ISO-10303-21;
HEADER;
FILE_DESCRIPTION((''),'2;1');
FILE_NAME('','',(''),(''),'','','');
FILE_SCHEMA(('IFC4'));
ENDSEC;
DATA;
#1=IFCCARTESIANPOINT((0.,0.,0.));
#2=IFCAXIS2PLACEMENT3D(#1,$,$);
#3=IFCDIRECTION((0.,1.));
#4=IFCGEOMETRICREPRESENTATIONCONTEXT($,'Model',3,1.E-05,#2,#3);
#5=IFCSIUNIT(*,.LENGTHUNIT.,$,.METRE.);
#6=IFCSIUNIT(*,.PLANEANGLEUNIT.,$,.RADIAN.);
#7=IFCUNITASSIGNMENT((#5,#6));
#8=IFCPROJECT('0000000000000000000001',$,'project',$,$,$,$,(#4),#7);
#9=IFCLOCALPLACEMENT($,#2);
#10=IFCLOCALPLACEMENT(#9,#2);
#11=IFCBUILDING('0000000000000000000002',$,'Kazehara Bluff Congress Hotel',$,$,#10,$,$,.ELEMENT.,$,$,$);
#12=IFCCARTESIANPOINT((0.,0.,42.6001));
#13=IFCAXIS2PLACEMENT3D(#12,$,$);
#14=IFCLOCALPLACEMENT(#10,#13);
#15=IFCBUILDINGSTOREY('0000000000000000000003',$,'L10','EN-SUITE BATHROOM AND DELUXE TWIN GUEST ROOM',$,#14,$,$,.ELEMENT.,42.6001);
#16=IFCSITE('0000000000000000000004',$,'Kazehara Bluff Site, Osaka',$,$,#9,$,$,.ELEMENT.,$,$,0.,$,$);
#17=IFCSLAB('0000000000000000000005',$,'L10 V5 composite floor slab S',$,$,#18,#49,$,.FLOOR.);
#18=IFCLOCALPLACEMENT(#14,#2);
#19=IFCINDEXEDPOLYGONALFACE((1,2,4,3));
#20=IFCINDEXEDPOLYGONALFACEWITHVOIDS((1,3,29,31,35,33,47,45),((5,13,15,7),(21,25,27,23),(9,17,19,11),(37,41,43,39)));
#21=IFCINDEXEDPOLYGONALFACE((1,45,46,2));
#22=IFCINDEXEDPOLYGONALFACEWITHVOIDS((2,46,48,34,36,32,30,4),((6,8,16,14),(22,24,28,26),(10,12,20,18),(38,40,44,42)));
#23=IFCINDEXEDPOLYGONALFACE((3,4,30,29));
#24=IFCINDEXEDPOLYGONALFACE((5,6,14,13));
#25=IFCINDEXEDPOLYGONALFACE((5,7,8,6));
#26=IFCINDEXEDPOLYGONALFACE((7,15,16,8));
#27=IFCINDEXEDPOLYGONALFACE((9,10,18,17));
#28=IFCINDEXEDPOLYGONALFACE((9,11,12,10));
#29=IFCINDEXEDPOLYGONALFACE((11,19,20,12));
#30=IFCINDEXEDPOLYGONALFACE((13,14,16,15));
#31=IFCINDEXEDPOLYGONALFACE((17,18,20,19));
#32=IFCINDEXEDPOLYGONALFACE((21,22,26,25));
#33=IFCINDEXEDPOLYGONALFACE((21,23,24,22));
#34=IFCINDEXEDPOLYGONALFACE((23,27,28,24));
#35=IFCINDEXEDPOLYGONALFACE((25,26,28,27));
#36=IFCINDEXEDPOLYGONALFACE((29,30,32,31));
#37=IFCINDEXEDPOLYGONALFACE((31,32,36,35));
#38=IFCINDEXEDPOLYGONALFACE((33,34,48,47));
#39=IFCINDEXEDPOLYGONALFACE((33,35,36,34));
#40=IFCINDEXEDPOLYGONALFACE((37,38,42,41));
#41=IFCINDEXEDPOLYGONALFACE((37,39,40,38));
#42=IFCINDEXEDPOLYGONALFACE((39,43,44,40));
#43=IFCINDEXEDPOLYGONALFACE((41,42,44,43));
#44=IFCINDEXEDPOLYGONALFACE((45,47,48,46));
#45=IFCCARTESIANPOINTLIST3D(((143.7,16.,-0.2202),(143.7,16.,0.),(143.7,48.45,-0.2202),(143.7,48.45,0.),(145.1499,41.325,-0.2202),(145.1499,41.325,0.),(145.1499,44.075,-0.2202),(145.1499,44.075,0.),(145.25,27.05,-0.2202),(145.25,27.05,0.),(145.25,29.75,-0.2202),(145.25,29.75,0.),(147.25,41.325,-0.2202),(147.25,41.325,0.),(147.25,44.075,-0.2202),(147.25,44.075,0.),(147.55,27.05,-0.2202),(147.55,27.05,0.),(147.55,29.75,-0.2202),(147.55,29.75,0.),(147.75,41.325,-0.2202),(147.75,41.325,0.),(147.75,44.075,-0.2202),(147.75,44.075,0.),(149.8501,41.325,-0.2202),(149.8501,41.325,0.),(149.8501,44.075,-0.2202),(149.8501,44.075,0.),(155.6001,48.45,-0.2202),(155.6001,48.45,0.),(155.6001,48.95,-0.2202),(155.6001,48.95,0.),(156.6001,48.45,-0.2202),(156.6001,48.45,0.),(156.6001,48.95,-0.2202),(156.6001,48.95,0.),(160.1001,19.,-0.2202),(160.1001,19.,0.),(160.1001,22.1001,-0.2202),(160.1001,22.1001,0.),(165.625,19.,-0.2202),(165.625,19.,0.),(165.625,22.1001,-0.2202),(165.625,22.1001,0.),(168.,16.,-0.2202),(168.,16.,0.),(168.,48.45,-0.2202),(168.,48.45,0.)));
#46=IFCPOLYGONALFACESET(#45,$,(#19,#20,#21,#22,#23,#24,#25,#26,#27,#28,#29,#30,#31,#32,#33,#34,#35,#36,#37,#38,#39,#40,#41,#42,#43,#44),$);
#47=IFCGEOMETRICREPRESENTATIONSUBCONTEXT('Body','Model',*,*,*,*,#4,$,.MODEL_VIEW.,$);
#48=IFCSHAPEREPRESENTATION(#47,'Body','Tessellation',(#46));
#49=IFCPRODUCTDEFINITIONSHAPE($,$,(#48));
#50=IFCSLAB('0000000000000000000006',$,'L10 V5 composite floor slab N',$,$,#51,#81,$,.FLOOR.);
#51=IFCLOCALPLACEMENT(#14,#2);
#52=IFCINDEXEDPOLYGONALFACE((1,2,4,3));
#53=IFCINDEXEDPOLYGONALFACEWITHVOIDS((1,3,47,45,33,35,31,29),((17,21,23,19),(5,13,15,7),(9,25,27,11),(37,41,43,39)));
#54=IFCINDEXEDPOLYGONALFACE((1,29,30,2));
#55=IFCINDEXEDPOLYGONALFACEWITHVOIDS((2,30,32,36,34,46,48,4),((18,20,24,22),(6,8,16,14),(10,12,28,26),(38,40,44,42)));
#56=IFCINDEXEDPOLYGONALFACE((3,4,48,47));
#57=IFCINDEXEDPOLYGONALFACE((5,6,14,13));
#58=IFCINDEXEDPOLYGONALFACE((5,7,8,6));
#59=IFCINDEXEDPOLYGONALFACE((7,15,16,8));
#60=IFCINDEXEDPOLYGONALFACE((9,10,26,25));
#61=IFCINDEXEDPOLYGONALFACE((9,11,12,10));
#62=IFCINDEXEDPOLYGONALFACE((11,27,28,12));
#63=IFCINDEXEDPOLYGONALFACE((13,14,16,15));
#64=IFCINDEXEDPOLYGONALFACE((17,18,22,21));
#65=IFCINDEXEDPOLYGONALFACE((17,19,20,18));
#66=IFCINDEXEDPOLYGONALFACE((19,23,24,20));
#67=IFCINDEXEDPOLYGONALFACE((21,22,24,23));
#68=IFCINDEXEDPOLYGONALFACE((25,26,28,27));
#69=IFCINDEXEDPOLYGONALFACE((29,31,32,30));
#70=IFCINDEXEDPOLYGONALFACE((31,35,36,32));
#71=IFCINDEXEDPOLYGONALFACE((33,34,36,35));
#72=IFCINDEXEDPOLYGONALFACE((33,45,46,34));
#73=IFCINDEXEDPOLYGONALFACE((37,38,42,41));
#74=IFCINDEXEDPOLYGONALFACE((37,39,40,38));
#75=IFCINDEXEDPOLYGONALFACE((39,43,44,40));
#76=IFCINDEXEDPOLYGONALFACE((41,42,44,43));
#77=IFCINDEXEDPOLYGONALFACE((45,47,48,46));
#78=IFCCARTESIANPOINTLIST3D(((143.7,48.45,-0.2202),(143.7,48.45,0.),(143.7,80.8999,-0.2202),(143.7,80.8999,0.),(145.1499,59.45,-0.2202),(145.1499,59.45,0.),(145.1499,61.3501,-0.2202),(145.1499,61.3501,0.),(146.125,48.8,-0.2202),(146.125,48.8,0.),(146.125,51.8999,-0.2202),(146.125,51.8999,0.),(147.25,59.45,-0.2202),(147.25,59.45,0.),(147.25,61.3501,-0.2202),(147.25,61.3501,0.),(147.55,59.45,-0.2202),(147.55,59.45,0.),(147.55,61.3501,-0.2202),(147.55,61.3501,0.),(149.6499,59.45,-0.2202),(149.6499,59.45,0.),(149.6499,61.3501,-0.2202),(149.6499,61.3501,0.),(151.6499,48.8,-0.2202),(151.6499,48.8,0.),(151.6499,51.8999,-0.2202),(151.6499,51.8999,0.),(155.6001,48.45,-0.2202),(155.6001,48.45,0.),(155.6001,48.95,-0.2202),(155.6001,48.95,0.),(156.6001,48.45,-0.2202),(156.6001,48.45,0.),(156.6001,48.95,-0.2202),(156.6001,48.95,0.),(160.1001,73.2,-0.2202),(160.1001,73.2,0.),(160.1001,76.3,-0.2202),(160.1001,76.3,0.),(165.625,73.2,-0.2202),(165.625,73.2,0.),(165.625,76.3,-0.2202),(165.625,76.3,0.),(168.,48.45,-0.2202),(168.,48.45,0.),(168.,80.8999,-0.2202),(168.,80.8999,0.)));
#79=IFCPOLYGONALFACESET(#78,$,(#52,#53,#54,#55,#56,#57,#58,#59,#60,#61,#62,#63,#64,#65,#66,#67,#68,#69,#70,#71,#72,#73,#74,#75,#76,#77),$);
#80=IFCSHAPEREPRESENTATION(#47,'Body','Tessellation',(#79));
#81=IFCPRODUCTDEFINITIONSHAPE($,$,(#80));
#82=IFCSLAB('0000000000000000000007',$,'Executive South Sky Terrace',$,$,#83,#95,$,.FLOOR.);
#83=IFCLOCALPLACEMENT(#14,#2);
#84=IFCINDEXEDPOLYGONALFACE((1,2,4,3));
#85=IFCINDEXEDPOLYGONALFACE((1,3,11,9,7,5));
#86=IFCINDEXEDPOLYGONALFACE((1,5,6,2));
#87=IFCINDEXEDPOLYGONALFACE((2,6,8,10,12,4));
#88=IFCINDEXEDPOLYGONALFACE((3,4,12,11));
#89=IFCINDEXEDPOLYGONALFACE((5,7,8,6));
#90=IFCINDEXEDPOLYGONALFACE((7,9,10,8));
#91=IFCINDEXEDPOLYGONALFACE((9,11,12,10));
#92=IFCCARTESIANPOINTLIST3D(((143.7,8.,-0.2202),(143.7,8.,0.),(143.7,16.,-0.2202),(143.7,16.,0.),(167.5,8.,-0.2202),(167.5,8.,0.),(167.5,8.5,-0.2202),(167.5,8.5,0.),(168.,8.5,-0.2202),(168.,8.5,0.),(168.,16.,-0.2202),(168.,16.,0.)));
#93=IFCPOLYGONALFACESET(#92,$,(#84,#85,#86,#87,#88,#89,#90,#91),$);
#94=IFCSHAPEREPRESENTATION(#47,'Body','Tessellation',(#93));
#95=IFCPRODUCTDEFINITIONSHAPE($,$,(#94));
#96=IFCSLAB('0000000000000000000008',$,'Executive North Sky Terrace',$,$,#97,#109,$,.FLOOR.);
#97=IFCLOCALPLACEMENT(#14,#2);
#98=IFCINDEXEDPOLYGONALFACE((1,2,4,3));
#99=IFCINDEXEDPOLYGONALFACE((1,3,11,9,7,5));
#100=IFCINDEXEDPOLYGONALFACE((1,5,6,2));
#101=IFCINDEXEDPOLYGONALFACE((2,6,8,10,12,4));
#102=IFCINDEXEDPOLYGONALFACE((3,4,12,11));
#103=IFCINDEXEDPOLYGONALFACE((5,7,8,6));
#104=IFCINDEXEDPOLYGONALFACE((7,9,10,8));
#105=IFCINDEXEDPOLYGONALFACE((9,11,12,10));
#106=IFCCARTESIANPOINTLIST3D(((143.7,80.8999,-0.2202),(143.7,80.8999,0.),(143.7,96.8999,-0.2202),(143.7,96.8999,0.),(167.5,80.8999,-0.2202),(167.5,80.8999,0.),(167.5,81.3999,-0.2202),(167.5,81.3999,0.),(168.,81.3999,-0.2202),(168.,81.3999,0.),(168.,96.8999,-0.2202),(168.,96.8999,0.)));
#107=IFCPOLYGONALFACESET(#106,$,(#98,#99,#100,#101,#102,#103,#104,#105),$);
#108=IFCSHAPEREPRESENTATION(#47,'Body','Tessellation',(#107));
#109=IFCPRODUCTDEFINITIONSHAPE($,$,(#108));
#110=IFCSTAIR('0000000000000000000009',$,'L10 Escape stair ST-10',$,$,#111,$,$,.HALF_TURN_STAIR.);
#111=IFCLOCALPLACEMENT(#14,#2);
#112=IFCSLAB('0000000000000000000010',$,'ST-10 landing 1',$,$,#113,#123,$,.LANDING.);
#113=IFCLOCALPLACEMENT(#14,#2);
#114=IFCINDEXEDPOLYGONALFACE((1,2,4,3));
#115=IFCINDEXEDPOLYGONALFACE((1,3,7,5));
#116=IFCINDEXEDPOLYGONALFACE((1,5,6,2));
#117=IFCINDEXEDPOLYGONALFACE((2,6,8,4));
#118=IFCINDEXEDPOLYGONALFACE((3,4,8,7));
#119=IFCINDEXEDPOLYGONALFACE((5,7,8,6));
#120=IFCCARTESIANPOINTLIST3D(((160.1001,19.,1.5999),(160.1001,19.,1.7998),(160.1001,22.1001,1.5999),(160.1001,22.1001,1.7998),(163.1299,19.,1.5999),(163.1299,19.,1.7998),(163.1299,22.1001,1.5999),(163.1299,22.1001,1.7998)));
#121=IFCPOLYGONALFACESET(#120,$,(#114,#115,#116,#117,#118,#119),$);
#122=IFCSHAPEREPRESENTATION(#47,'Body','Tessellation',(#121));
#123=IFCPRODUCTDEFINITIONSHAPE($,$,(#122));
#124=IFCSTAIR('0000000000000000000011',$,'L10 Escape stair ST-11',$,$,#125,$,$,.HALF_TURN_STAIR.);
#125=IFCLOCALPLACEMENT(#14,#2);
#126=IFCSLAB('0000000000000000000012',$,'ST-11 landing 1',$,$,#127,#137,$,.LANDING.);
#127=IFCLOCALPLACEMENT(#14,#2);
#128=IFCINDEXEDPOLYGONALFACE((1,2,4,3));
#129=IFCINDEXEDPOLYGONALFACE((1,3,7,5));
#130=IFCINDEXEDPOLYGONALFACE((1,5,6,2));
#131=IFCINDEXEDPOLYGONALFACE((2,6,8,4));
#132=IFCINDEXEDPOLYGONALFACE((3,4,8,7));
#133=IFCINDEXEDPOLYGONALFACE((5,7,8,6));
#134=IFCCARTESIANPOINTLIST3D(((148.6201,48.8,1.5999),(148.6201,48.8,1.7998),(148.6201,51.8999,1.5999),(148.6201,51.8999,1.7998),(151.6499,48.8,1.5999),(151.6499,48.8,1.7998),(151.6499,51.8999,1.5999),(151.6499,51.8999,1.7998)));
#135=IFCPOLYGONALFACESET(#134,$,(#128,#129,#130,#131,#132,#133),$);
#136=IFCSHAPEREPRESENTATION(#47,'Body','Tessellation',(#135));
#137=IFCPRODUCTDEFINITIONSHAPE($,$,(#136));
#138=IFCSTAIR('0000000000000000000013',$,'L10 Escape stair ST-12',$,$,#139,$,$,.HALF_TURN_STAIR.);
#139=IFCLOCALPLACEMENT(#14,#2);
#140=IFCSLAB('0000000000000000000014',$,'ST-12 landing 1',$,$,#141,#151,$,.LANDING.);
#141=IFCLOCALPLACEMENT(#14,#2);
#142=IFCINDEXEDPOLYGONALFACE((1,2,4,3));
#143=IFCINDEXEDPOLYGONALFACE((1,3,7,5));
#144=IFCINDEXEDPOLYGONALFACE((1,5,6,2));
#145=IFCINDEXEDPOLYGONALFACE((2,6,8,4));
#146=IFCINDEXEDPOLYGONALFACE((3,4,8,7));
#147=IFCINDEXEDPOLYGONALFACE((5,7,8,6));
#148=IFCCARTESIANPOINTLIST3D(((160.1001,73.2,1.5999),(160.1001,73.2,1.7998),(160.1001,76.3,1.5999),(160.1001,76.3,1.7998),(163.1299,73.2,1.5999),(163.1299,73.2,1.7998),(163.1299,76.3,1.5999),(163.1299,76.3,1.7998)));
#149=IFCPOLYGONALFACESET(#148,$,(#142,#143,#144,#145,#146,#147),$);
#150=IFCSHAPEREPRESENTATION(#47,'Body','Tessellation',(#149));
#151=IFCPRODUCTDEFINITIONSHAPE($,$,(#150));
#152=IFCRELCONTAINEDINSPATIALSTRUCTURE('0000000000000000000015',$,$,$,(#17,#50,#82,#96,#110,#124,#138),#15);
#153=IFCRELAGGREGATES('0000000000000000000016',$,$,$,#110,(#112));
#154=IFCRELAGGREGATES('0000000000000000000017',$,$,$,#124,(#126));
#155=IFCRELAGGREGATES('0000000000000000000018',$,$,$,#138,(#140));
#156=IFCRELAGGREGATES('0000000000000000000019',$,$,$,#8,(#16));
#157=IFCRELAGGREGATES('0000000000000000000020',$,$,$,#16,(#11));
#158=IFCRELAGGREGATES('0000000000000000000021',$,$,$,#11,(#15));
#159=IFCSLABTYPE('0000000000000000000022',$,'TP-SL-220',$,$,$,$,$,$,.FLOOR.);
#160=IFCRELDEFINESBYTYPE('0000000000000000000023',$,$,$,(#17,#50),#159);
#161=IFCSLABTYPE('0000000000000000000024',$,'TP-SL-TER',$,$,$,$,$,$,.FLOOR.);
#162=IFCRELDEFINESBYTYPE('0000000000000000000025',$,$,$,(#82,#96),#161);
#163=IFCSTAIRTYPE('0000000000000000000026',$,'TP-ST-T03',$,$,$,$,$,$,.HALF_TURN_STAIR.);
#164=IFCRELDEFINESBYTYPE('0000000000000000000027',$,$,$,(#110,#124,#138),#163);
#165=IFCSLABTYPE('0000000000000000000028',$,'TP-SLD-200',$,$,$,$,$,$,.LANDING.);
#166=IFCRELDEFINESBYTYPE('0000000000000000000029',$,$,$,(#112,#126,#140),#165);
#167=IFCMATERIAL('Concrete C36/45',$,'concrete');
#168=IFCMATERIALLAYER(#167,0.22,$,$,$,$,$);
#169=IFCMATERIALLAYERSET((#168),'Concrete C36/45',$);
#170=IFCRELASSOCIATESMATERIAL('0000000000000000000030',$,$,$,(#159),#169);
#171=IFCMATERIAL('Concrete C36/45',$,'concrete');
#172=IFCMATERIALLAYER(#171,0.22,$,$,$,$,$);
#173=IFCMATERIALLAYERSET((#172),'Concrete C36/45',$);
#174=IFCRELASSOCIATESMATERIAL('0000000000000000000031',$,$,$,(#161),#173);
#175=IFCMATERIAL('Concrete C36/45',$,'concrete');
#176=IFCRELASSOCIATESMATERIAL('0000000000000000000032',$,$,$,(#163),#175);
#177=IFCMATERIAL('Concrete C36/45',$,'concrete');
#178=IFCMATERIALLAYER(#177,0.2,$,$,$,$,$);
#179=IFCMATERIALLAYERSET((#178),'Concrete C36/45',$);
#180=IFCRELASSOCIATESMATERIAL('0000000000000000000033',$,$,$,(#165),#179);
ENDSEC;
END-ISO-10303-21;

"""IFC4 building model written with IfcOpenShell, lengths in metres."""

from ifc_helpers import new_model, si_unit, direction, frame, origin, place, context, subcontext, project, spatial, polyline, outline, extrude, material, layer, layer_set, type_object, element, aggregate, save


model = new_model("IFC4")

# Units and contexts
model_context = context("Model", 3, precision=1e-05, world=origin(), true_north=direction((0.0, 1.0)))
body_context = subcontext(model_context, "Body", "Model", "MODEL_VIEW")
ifc_project = project(units=[si_unit("LENGTHUNIT", "METRE"), si_unit("PLANEANGLEUNIT", "RADIAN")], contexts=[model_context])

# Site, building, storey
site_placement = place(None, origin())
site = spatial("IfcSite", under=ifc_project, at=site_placement, Name="Kazehara Bluff Site, Osaka", CompositionType="ELEMENT", RefElevation=0.0)
building_placement = place(site_placement, origin())
building = spatial("IfcBuilding", under=site, at=building_placement, Name="Kazehara Bluff Congress Hotel", CompositionType="ELEMENT")
storey_placement = place(building_placement, frame((0.0, 0.0, 42.6001)))
storey = spatial("IfcBuildingStorey", under=building, at=storey_placement, Name="L10", Description="EN-SUITE BATHROOM AND DELUXE TWIN GUEST ROOM", CompositionType="ELEMENT", Elevation=42.6001)

# Slabs
ifc_material_1 = material(Name="Concrete C36/45", Category="concrete")
ifc_layer_1 = layer(ifc_material_1, 0.22)
ifc_layer_set_1 = layer_set([ifc_layer_1], Name="Concrete C36/45")
slab_type_1 = type_object("IfcSlabType", Name="TP-SL-220", PredefinedType="FLOOR", material=ifc_layer_set_1)
slab_1_placement = place(storey_placement, frame((0.0, 0.0, -0.2202)))
element("IfcSlab", 1, at=slab_1_placement, inside=storey, type_object=slab_type_1, Name="L10 V5 composite floor slab S", PredefinedType="FLOOR", context=body_context, shape_type="SweptSolid", body=[
    extrude(outline(polyline([(143.7, 16.0), (143.7, 48.45), (155.6001, 48.45), (155.6001, 48.95), (156.6001, 48.95), (156.6001, 48.45), (168.0, 48.45), (168.0, 16.0), (143.7, 16.0)]), holes=[polyline([(165.625, 22.1001), (160.1001, 22.1001), (160.1001, 19.0), (165.625, 19.0), (165.625, 22.1001)]), polyline([(145.1499, 41.325), (147.25, 41.325), (147.25, 44.075), (145.1499, 44.075), (145.1499, 41.325)]), polyline([(147.75, 41.325), (149.8501, 41.325), (149.8501, 44.075), (147.75, 44.075), (147.75, 41.325)]), polyline([(145.25, 27.05), (147.55, 27.05), (147.55, 29.75), (145.25, 29.75), (145.25, 27.05)])]), origin(), (0.0, 0.0, 1.0), 0.2202),
])
slab_2_placement = place(storey_placement, frame((0.0, 0.0, -0.2202)))
element("IfcSlab", 2, at=slab_2_placement, inside=storey, type_object=slab_type_1, Name="L10 V5 composite floor slab N", PredefinedType="FLOOR", context=body_context, shape_type="SweptSolid", body=[
    extrude(outline(polyline([(168.0, 80.8999), (168.0, 48.45), (156.6001, 48.45), (156.6001, 48.95), (155.6001, 48.95), (155.6001, 48.45), (143.7, 48.45), (143.7, 80.8999), (168.0, 80.8999)]), holes=[polyline([(146.125, 48.8), (151.6499, 48.8), (151.6499, 51.8999), (146.125, 51.8999), (146.125, 48.8)]), polyline([(165.625, 76.3), (160.1001, 76.3), (160.1001, 73.2), (165.625, 73.2), (165.625, 76.3)]), polyline([(145.1499, 59.45), (147.25, 59.45), (147.25, 61.3501), (145.1499, 61.3501), (145.1499, 59.45)]), polyline([(147.55, 59.45), (149.6499, 59.45), (149.6499, 61.3501), (147.55, 61.3501), (147.55, 59.45)])]), origin(), (0.0, 0.0, 1.0), 0.2202),
])
ifc_material_2 = material(Name="Concrete C36/45", Category="concrete")
ifc_layer_2 = layer(ifc_material_2, 0.22)
ifc_layer_set_2 = layer_set([ifc_layer_2], Name="Concrete C36/45")
slab_type_2 = type_object("IfcSlabType", Name="TP-SL-TER", PredefinedType="FLOOR", material=ifc_layer_set_2)
slab_3_placement = place(storey_placement, frame((0.0, 0.0, -0.2202)))
element("IfcSlab", 3, at=slab_3_placement, inside=storey, type_object=slab_type_2, Name="Executive South Sky Terrace", PredefinedType="FLOOR", context=body_context, shape_type="SweptSolid", body=[
    extrude(outline(polyline([(143.7, 8.0), (167.5, 8.0), (167.5, 8.5), (168.0, 8.5), (168.0, 16.0), (143.7, 16.0), (143.7, 8.0)])), origin(), (0.0, 0.0, 1.0), 0.2202),
])
slab_4_placement = place(storey_placement, frame((0.0, 0.0, -0.2202)))
element("IfcSlab", 4, at=slab_4_placement, inside=storey, type_object=slab_type_2, Name="Executive North Sky Terrace", PredefinedType="FLOOR", context=body_context, shape_type="SweptSolid", body=[
    extrude(outline(polyline([(143.7, 80.8999), (167.5, 80.8999), (167.5, 81.3999), (168.0, 81.3999), (168.0, 96.8999), (143.7, 96.8999), (143.7, 80.8999)])), origin(), (0.0, 0.0, 1.0), 0.2202),
])

# Stairs, slabs
ifc_material_3 = material(Name="Concrete C36/45", Category="concrete")
stair_type = type_object("IfcStairType", Name="TP-ST-T03", PredefinedType="HALF_TURN_STAIR", material=ifc_material_3)
stair_1_placement = place(storey_placement, origin())
stair_1 = element("IfcStair", 5, at=stair_1_placement, inside=storey, type_object=stair_type, Name="L10 Escape stair ST-10", PredefinedType="HALF_TURN_STAIR")
ifc_material_4 = material(Name="Concrete C36/45", Category="concrete")
ifc_layer_3 = layer(ifc_material_4, 0.2)
ifc_layer_set_3 = layer_set([ifc_layer_3], Name="Concrete C36/45")
slab_type_3 = type_object("IfcSlabType", Name="TP-SLD-200", PredefinedType="LANDING", material=ifc_layer_set_3)
slab_5_placement = place(storey_placement, frame((0.0, 0.0, 1.5999)))
slab_5 = element("IfcSlab", 6, at=slab_5_placement, type_object=slab_type_3, Name="ST-10 landing 1", PredefinedType="LANDING", context=body_context, shape_type="SweptSolid", body=[
    extrude(outline(polyline([(163.1299, 22.1001), (160.1001, 22.1001), (160.1001, 19.0), (163.1299, 19.0), (163.1299, 22.1001)])), origin(), (0.0, 0.0, 1.0), 0.2),
])
aggregate(stair_1, [slab_5])
stair_2_placement = place(storey_placement, origin())
stair_2 = element("IfcStair", 7, at=stair_2_placement, inside=storey, type_object=stair_type, Name="L10 Escape stair ST-11", PredefinedType="HALF_TURN_STAIR")
slab_6_placement = place(storey_placement, frame((0.0, 0.0, 1.5999)))
slab_6 = element("IfcSlab", 8, at=slab_6_placement, type_object=slab_type_3, Name="ST-11 landing 1", PredefinedType="LANDING", context=body_context, shape_type="SweptSolid", body=[
    extrude(outline(polyline([(148.6201, 48.8), (151.6499, 48.8), (151.6499, 51.8999), (148.6201, 51.8999), (148.6201, 48.8)])), origin(), (0.0, 0.0, 1.0), 0.2),
])
aggregate(stair_2, [slab_6])
stair_3_placement = place(storey_placement, origin())
stair_3 = element("IfcStair", 9, at=stair_3_placement, inside=storey, type_object=stair_type, Name="L10 Escape stair ST-12", PredefinedType="HALF_TURN_STAIR")
slab_7_placement = place(storey_placement, frame((0.0, 0.0, 1.5999)))
slab_7 = element("IfcSlab", 10, at=slab_7_placement, type_object=slab_type_3, Name="ST-12 landing 1", PredefinedType="LANDING", context=body_context, shape_type="SweptSolid", body=[
    extrude(outline(polyline([(163.1299, 76.3), (160.1001, 76.3), (160.1001, 73.2), (163.1299, 73.2), (163.1299, 76.3)])), origin(), (0.0, 0.0, 1.0), 0.2),
])
aggregate(stair_3, [slab_7])

save(model, "model.ifc")
